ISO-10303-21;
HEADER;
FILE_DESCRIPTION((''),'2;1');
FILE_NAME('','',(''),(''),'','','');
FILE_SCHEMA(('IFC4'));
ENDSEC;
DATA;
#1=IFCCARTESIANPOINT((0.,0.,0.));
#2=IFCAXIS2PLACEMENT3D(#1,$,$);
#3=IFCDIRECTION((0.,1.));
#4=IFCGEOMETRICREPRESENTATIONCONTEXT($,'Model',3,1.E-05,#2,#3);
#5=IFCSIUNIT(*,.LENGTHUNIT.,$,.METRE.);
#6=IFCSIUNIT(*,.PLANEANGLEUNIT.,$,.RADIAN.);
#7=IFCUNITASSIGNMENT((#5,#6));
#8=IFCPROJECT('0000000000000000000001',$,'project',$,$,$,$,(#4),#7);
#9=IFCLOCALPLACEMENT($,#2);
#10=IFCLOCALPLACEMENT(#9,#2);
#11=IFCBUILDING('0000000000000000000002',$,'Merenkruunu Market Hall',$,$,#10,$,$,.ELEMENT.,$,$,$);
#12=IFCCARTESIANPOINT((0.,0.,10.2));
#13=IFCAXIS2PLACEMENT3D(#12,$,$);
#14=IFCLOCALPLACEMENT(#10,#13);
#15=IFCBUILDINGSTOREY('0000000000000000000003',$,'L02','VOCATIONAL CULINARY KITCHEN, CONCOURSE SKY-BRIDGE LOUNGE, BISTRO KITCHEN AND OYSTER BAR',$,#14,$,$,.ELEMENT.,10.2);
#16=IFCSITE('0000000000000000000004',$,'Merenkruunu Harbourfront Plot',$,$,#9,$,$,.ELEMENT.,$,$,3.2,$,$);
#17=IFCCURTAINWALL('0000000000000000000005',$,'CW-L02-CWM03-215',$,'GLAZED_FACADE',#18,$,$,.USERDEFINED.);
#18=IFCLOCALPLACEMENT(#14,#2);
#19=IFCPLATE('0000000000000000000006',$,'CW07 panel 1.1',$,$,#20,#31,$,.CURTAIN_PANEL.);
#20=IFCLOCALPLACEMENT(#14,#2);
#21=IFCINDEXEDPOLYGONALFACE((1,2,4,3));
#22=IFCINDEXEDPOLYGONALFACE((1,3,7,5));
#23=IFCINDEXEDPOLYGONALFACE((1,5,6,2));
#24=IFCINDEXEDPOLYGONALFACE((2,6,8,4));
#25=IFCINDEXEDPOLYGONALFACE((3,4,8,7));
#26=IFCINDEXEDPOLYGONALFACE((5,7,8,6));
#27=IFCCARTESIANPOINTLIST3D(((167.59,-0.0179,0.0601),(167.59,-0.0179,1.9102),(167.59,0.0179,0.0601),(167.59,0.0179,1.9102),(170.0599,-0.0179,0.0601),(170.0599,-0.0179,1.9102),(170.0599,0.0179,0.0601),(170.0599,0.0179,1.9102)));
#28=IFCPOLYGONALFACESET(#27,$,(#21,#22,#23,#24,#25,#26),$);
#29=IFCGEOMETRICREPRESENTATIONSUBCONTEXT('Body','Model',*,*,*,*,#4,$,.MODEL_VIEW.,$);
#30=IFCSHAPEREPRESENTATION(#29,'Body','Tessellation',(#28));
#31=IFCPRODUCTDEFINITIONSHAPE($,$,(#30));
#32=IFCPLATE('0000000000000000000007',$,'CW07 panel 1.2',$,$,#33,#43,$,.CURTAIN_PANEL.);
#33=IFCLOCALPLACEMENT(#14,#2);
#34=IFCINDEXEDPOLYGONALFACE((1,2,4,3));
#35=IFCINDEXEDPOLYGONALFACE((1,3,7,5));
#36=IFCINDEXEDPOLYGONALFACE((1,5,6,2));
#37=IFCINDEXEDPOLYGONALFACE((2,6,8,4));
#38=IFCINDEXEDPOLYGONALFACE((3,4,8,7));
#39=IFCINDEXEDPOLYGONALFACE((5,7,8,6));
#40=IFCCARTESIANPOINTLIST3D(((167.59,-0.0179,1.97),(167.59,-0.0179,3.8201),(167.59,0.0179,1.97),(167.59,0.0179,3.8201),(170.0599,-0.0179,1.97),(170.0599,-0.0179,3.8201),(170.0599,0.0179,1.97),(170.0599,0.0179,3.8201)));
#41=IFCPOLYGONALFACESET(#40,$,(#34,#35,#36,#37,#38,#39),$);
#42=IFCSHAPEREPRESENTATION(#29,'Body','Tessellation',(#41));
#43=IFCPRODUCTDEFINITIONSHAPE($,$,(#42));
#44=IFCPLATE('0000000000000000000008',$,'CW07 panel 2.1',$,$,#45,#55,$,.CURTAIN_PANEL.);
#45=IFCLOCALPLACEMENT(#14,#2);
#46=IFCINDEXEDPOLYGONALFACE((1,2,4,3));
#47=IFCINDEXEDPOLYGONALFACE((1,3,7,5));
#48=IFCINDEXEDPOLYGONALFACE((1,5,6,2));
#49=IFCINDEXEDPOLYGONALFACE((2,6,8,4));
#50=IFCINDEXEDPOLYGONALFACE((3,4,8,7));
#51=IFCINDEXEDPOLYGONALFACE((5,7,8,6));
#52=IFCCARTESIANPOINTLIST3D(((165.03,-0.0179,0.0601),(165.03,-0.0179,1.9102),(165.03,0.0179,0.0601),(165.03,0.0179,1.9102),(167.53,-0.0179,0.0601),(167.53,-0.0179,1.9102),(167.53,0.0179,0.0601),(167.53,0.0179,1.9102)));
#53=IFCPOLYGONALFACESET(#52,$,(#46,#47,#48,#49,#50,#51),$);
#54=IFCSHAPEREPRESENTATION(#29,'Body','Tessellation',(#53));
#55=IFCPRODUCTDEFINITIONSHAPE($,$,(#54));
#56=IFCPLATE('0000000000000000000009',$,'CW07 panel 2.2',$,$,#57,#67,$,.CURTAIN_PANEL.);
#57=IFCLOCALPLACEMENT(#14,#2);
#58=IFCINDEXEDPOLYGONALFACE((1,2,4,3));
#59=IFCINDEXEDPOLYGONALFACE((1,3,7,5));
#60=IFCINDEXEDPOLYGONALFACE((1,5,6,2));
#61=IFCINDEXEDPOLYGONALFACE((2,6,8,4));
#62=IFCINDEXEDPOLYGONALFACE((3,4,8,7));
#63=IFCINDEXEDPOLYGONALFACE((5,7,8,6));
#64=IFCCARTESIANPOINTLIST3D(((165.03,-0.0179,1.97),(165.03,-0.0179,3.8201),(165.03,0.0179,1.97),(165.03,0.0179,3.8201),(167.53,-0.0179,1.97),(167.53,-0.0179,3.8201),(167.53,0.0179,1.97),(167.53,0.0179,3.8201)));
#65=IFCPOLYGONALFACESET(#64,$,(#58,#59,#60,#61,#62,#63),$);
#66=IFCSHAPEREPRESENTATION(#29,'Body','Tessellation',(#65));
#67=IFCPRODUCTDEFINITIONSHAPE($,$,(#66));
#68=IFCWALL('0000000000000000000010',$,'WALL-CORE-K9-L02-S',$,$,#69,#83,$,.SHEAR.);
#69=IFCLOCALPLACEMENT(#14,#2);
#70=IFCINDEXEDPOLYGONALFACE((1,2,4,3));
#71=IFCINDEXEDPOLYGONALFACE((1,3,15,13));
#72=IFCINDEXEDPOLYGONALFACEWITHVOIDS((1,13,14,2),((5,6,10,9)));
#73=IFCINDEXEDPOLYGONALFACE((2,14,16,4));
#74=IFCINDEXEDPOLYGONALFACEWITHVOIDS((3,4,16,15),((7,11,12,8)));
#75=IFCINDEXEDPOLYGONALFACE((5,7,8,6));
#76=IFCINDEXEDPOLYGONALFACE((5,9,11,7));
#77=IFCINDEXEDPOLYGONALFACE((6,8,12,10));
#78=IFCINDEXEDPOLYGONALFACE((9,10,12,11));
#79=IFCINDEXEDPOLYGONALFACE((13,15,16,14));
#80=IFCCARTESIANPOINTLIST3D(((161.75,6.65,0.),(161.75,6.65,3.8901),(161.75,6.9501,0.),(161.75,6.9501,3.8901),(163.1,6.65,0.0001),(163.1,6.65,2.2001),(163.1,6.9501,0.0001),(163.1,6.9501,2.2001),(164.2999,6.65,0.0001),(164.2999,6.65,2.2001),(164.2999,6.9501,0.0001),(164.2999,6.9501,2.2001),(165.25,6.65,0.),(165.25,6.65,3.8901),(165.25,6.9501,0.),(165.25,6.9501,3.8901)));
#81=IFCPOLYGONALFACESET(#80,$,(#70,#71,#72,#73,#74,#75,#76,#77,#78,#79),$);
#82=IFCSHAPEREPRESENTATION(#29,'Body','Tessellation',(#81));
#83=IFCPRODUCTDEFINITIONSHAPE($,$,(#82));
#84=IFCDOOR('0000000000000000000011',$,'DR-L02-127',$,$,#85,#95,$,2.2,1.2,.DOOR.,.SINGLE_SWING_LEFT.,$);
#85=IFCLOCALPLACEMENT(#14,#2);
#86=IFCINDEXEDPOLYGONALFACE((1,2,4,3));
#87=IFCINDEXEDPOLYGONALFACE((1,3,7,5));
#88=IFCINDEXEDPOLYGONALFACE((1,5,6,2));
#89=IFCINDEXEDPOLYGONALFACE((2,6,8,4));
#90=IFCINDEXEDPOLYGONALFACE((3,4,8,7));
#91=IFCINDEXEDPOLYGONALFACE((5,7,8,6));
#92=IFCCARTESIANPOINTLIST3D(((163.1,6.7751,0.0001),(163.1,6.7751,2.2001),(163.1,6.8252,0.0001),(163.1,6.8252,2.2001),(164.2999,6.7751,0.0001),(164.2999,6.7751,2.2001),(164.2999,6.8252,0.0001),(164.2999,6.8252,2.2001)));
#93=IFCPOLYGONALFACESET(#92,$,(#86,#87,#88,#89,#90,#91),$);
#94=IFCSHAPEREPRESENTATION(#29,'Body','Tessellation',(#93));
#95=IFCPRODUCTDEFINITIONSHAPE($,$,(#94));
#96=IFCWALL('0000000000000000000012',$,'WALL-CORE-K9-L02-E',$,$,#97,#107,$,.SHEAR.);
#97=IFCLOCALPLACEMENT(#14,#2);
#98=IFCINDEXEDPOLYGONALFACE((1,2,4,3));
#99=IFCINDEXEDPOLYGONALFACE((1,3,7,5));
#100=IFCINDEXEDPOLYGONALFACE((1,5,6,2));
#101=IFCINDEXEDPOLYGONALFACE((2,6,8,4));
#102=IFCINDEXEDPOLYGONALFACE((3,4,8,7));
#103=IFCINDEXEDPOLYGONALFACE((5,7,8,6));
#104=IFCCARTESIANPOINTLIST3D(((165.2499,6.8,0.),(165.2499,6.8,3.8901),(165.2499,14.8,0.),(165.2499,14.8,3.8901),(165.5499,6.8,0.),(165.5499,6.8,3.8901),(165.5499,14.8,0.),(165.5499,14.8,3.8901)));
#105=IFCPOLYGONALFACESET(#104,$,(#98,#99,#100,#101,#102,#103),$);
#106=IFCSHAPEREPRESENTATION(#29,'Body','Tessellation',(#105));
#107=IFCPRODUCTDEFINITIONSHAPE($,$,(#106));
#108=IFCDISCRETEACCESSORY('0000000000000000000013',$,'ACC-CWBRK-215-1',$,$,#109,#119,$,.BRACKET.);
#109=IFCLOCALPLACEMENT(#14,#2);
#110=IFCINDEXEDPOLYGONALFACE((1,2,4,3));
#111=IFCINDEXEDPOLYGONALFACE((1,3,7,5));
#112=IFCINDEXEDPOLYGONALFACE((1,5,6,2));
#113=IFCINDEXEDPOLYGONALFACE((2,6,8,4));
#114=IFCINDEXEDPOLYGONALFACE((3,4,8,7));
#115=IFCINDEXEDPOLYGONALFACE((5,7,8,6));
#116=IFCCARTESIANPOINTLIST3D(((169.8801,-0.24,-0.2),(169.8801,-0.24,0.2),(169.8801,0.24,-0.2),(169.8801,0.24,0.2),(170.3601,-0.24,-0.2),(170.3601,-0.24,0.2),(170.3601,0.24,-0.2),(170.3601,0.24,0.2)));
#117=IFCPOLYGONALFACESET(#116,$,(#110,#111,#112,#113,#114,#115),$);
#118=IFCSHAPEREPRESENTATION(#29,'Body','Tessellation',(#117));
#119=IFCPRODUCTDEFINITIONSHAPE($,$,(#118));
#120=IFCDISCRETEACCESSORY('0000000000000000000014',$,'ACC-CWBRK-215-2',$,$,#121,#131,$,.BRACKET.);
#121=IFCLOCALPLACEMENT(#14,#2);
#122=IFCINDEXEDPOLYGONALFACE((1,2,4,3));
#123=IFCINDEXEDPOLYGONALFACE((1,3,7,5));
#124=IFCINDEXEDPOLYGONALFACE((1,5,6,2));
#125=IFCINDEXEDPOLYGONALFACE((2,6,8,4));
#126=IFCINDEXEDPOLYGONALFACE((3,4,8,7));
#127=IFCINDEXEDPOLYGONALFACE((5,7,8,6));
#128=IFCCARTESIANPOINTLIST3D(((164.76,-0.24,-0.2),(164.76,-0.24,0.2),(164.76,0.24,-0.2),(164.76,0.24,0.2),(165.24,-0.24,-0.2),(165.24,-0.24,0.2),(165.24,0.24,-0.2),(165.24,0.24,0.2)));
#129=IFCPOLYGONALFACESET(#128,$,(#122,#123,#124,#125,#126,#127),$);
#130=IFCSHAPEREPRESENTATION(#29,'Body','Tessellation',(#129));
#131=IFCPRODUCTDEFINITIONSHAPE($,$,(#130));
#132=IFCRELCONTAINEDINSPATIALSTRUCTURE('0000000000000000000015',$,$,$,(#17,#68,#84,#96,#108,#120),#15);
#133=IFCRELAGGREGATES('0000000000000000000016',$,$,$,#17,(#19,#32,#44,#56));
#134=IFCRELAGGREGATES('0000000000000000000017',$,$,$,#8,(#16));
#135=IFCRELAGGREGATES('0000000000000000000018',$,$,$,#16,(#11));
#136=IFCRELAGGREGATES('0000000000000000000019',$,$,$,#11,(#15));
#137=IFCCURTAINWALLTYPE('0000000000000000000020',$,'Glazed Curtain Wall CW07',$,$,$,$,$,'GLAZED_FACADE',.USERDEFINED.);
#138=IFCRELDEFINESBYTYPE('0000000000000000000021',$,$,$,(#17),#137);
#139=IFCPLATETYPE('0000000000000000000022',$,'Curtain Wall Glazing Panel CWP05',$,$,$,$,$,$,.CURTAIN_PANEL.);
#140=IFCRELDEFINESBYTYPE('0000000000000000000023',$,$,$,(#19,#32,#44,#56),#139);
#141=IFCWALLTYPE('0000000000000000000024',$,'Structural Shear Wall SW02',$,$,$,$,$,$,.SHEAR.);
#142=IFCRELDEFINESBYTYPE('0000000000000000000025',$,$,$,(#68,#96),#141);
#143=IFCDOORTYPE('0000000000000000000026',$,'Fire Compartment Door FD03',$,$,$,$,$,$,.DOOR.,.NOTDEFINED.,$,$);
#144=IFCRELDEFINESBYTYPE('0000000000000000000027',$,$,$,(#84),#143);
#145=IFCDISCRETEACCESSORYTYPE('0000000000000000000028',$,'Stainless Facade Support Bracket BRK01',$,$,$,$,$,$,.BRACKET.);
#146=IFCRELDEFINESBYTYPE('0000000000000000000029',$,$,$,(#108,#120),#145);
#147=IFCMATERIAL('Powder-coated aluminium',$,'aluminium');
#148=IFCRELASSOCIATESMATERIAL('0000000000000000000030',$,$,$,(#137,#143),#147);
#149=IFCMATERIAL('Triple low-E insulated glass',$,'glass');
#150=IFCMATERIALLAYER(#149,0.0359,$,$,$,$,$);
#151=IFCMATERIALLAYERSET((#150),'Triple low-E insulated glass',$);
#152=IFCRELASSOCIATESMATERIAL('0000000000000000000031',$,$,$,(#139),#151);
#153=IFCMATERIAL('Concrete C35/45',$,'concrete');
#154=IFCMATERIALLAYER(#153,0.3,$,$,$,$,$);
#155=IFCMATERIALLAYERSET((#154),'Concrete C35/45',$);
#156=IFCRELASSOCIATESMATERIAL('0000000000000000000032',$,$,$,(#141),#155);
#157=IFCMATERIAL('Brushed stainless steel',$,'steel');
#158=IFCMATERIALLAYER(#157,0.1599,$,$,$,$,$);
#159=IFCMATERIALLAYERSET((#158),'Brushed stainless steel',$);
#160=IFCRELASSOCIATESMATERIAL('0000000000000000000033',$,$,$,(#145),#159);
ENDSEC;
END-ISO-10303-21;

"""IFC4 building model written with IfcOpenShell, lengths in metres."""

from ifc_helpers import new_model, si_unit, direction, frame, frame_2d, origin, origin_2d, place, context, subcontext, project, spatial, rectangle, extrude, material, layer, layer_set, type_object, element, fill, aggregate, save


model = new_model("IFC4")

# Units and contexts
model_context = context("Model", 3, precision=1e-05, world=origin(), true_north=direction((0.0, 1.0)))
body_context = subcontext(model_context, "Body", "Model", "MODEL_VIEW")
ifc_project = project(units=[si_unit("LENGTHUNIT", "METRE"), si_unit("PLANEANGLEUNIT", "RADIAN")], contexts=[model_context])

# Site, building, storey
site_placement = place(None, origin())
site = spatial("IfcSite", under=ifc_project, at=site_placement, Name="Merenkruunu Harbourfront Plot", CompositionType="ELEMENT", RefElevation=3.2)
building_placement = place(site_placement, origin())
building = spatial("IfcBuilding", under=site, at=building_placement, Name="Merenkruunu Market Hall", CompositionType="ELEMENT")
storey_placement = place(building_placement, frame((0.0, 0.0, 10.2)))
storey = spatial("IfcBuildingStorey", under=building, at=storey_placement, Name="L02", Description="VOCATIONAL CULINARY KITCHEN, CONCOURSE SKY-BRIDGE LOUNGE, BISTRO KITCHEN AND OYSTER BAR", CompositionType="ELEMENT", Elevation=10.2)

# Curtain wall
ifc_material_1 = material(Name="Powder-coated aluminium", Category="aluminium")
curtain_wall_type = type_object("IfcCurtainWallType", Name="Glazed Curtain Wall CW07", ElementType="GLAZED_FACADE", PredefinedType="USERDEFINED", material=ifc_material_1)
curtain_wall_placement = place(storey_placement, origin())
curtain_wall = element("IfcCurtainWall", 1, at=curtain_wall_placement, inside=storey, type_object=curtain_wall_type, Name="CW-L02-CWM03-215", ObjectType="GLAZED_FACADE", PredefinedType="USERDEFINED")

# Plates
ifc_material_2 = material(Name="Triple low-E insulated glass", Category="glass")
ifc_layer_1 = layer(ifc_material_2, 0.0359)
ifc_layer_set_1 = layer_set([ifc_layer_1], Name="Triple low-E insulated glass")
plate_type = type_object("IfcPlateType", Name="Curtain Wall Glazing Panel CWP05", PredefinedType="CURTAIN_PANEL", material=ifc_layer_set_1)
plate_1_placement = place(storey_placement, frame((168.825, 0.0, 0.0601), z_axis=(0.0, 0.0, 1.0), x_axis=(-1.0, 0.0, 0.0)))
plate_1 = element("IfcPlate", 2, at=plate_1_placement, type_object=plate_type, Name="CW07 panel 1.1", PredefinedType="CURTAIN_PANEL", context=body_context, shape_type="SweptSolid", body=[
    extrude(rectangle(XDim=2.47, YDim=0.0359, at=origin_2d()), origin(), (0.0, 0.0, 1.0), 1.8501),
])
plate_2_placement = place(storey_placement, frame((168.825, 0.0, 1.97), z_axis=(0.0, 0.0, 1.0), x_axis=(-1.0, 0.0, 0.0)))
plate_2 = element("IfcPlate", 3, at=plate_2_placement, type_object=plate_type, Name="CW07 panel 1.2", PredefinedType="CURTAIN_PANEL", context=body_context, shape_type="SweptSolid", body=[
    extrude(rectangle(XDim=2.47, YDim=0.0359, at=origin_2d()), origin(), (0.0, 0.0, 1.0), 1.8501),
])
plate_3_placement = place(storey_placement, frame((166.28, 0.0, 0.0601), z_axis=(0.0, 0.0, 1.0), x_axis=(-1.0, 0.0, 0.0)))
plate_3 = element("IfcPlate", 4, at=plate_3_placement, type_object=plate_type, Name="CW07 panel 2.1", PredefinedType="CURTAIN_PANEL", context=body_context, shape_type="SweptSolid", body=[
    extrude(rectangle(XDim=2.5, YDim=0.0359, at=origin_2d()), origin(), (0.0, 0.0, 1.0), 1.8501),
])
plate_4_placement = place(storey_placement, frame((166.28, 0.0, 1.97), z_axis=(0.0, 0.0, 1.0), x_axis=(-1.0, 0.0, 0.0)))
plate_4 = element("IfcPlate", 5, at=plate_4_placement, type_object=plate_type, Name="CW07 panel 2.2", PredefinedType="CURTAIN_PANEL", context=body_context, shape_type="SweptSolid", body=[
    extrude(rectangle(XDim=2.5, YDim=0.0359, at=origin_2d()), origin(), (0.0, 0.0, 1.0), 1.8501),
])
aggregate(curtain_wall, [plate_1, plate_2, plate_3, plate_4])

# Wall, opening, door
ifc_material_3 = material(Name="Concrete C35/45", Category="concrete")
ifc_layer_2 = layer(ifc_material_3, 0.3)
ifc_layer_set_2 = layer_set([ifc_layer_2], Name="Concrete C35/45")
wall_type = type_object("IfcWallType", Name="Structural Shear Wall SW02", PredefinedType="SHEAR", material=ifc_layer_set_2)
wall_1_placement = place(storey_placement, frame((165.25, 6.8, 0.0), z_axis=(0.0, 0.0, 1.0), x_axis=(-1.0, 0.0, 0.0)))
wall_1 = element("IfcWall", 6, at=wall_1_placement, inside=storey, type_object=wall_type, Name="WALL-CORE-K9-L02-S", PredefinedType="SHEAR", context=body_context, shape_type="SweptSolid", body=[
    extrude(rectangle(XDim=3.5, YDim=0.3, at=frame_2d((1.75, 0.0))), origin(), (0.0, 0.0, 1.0), 3.8901),
])
opening_placement = place(wall_1_placement, frame((0.95, 0.0, 0.0)))
opening = element("IfcOpeningElement", 7, at=opening_placement, cuts=wall_1, PredefinedType="OPENING", context=body_context, shape_type="SweptSolid", body=[
    extrude(rectangle(XDim=1.2, YDim=2.2, at=frame_2d((0.6001, 1.1001))), frame((0.0, 0.1602, 0.0), z_axis=(0.0, -1.0, 0.0), x_axis=(1.0, 0.0, 0.0)), (0.0, 0.0, 1.0), 0.3201),
])
door_type = type_object("IfcDoorType", Name="Fire Compartment Door FD03", OperationType="NOTDEFINED", PredefinedType="DOOR", material=ifc_material_1)
door_placement = place(opening_placement, origin())
door = element("IfcDoor", 8, at=door_placement, inside=storey, type_object=door_type, Name="DR-L02-127", OperationType="SINGLE_SWING_LEFT", OverallHeight=2.2, OverallWidth=1.2, PredefinedType="DOOR", context=body_context, shape_type="SweptSolid", body=[
    extrude(rectangle(XDim=1.2, YDim=2.2, at=frame_2d((0.6001, 1.1001))), frame((0.0, 0.0249, 0.0), z_axis=(0.0, -1.0, 0.0), x_axis=(1.0, 0.0, 0.0)), (0.0, 0.0, 1.0), 0.05),
])
fill(opening, door)

# Wall
wall_2_placement = place(storey_placement, frame((165.3999, 6.8, 0.0), z_axis=(0.0, 0.0, 1.0), x_axis=(0.0, 1.0, 0.0)))
element("IfcWall", 9, at=wall_2_placement, inside=storey, type_object=wall_type, Name="WALL-CORE-K9-L02-E", PredefinedType="SHEAR", context=body_context, shape_type="SweptSolid", body=[
    extrude(rectangle(XDim=8.0, YDim=0.3, at=frame_2d((4.0, 0.0))), origin(), (0.0, 0.0, 1.0), 3.8901),
])

# Discrete accessories
ifc_material_4 = material(Name="Brushed stainless steel", Category="steel")
ifc_layer_3 = layer(ifc_material_4, 0.1599)
ifc_layer_set_3 = layer_set([ifc_layer_3], Name="Brushed stainless steel")
discrete_accessory_type = type_object("IfcDiscreteAccessoryType", Name="Stainless Facade Support Bracket BRK01", PredefinedType="BRACKET", material=ifc_layer_set_3)
for number, where, z_axis, x_axis, name in (
    (10, (170.1201, 0.0, -0.2), (0.0, 0.0, 1.0), (1.0, 0.0, 0.0), "ACC-CWBRK-215-1"),
    (11, (165.0, 0.0, -0.2), (0.0, 0.0, 1.0), (1.0, 0.0, 0.0), "ACC-CWBRK-215-2"),
):
    element("IfcDiscreteAccessory", number, at=place(storey_placement, frame(where, z_axis=z_axis, x_axis=x_axis)), inside=storey, type_object=discrete_accessory_type, Name=name, PredefinedType="BRACKET", context=body_context, shape_type="SweptSolid", body=[
        extrude(rectangle(XDim=0.48, YDim=0.48, at=origin_2d()), origin(), (0.0, 0.0, 1.0), 0.3999),
    ])

save(model, "model.ifc")
